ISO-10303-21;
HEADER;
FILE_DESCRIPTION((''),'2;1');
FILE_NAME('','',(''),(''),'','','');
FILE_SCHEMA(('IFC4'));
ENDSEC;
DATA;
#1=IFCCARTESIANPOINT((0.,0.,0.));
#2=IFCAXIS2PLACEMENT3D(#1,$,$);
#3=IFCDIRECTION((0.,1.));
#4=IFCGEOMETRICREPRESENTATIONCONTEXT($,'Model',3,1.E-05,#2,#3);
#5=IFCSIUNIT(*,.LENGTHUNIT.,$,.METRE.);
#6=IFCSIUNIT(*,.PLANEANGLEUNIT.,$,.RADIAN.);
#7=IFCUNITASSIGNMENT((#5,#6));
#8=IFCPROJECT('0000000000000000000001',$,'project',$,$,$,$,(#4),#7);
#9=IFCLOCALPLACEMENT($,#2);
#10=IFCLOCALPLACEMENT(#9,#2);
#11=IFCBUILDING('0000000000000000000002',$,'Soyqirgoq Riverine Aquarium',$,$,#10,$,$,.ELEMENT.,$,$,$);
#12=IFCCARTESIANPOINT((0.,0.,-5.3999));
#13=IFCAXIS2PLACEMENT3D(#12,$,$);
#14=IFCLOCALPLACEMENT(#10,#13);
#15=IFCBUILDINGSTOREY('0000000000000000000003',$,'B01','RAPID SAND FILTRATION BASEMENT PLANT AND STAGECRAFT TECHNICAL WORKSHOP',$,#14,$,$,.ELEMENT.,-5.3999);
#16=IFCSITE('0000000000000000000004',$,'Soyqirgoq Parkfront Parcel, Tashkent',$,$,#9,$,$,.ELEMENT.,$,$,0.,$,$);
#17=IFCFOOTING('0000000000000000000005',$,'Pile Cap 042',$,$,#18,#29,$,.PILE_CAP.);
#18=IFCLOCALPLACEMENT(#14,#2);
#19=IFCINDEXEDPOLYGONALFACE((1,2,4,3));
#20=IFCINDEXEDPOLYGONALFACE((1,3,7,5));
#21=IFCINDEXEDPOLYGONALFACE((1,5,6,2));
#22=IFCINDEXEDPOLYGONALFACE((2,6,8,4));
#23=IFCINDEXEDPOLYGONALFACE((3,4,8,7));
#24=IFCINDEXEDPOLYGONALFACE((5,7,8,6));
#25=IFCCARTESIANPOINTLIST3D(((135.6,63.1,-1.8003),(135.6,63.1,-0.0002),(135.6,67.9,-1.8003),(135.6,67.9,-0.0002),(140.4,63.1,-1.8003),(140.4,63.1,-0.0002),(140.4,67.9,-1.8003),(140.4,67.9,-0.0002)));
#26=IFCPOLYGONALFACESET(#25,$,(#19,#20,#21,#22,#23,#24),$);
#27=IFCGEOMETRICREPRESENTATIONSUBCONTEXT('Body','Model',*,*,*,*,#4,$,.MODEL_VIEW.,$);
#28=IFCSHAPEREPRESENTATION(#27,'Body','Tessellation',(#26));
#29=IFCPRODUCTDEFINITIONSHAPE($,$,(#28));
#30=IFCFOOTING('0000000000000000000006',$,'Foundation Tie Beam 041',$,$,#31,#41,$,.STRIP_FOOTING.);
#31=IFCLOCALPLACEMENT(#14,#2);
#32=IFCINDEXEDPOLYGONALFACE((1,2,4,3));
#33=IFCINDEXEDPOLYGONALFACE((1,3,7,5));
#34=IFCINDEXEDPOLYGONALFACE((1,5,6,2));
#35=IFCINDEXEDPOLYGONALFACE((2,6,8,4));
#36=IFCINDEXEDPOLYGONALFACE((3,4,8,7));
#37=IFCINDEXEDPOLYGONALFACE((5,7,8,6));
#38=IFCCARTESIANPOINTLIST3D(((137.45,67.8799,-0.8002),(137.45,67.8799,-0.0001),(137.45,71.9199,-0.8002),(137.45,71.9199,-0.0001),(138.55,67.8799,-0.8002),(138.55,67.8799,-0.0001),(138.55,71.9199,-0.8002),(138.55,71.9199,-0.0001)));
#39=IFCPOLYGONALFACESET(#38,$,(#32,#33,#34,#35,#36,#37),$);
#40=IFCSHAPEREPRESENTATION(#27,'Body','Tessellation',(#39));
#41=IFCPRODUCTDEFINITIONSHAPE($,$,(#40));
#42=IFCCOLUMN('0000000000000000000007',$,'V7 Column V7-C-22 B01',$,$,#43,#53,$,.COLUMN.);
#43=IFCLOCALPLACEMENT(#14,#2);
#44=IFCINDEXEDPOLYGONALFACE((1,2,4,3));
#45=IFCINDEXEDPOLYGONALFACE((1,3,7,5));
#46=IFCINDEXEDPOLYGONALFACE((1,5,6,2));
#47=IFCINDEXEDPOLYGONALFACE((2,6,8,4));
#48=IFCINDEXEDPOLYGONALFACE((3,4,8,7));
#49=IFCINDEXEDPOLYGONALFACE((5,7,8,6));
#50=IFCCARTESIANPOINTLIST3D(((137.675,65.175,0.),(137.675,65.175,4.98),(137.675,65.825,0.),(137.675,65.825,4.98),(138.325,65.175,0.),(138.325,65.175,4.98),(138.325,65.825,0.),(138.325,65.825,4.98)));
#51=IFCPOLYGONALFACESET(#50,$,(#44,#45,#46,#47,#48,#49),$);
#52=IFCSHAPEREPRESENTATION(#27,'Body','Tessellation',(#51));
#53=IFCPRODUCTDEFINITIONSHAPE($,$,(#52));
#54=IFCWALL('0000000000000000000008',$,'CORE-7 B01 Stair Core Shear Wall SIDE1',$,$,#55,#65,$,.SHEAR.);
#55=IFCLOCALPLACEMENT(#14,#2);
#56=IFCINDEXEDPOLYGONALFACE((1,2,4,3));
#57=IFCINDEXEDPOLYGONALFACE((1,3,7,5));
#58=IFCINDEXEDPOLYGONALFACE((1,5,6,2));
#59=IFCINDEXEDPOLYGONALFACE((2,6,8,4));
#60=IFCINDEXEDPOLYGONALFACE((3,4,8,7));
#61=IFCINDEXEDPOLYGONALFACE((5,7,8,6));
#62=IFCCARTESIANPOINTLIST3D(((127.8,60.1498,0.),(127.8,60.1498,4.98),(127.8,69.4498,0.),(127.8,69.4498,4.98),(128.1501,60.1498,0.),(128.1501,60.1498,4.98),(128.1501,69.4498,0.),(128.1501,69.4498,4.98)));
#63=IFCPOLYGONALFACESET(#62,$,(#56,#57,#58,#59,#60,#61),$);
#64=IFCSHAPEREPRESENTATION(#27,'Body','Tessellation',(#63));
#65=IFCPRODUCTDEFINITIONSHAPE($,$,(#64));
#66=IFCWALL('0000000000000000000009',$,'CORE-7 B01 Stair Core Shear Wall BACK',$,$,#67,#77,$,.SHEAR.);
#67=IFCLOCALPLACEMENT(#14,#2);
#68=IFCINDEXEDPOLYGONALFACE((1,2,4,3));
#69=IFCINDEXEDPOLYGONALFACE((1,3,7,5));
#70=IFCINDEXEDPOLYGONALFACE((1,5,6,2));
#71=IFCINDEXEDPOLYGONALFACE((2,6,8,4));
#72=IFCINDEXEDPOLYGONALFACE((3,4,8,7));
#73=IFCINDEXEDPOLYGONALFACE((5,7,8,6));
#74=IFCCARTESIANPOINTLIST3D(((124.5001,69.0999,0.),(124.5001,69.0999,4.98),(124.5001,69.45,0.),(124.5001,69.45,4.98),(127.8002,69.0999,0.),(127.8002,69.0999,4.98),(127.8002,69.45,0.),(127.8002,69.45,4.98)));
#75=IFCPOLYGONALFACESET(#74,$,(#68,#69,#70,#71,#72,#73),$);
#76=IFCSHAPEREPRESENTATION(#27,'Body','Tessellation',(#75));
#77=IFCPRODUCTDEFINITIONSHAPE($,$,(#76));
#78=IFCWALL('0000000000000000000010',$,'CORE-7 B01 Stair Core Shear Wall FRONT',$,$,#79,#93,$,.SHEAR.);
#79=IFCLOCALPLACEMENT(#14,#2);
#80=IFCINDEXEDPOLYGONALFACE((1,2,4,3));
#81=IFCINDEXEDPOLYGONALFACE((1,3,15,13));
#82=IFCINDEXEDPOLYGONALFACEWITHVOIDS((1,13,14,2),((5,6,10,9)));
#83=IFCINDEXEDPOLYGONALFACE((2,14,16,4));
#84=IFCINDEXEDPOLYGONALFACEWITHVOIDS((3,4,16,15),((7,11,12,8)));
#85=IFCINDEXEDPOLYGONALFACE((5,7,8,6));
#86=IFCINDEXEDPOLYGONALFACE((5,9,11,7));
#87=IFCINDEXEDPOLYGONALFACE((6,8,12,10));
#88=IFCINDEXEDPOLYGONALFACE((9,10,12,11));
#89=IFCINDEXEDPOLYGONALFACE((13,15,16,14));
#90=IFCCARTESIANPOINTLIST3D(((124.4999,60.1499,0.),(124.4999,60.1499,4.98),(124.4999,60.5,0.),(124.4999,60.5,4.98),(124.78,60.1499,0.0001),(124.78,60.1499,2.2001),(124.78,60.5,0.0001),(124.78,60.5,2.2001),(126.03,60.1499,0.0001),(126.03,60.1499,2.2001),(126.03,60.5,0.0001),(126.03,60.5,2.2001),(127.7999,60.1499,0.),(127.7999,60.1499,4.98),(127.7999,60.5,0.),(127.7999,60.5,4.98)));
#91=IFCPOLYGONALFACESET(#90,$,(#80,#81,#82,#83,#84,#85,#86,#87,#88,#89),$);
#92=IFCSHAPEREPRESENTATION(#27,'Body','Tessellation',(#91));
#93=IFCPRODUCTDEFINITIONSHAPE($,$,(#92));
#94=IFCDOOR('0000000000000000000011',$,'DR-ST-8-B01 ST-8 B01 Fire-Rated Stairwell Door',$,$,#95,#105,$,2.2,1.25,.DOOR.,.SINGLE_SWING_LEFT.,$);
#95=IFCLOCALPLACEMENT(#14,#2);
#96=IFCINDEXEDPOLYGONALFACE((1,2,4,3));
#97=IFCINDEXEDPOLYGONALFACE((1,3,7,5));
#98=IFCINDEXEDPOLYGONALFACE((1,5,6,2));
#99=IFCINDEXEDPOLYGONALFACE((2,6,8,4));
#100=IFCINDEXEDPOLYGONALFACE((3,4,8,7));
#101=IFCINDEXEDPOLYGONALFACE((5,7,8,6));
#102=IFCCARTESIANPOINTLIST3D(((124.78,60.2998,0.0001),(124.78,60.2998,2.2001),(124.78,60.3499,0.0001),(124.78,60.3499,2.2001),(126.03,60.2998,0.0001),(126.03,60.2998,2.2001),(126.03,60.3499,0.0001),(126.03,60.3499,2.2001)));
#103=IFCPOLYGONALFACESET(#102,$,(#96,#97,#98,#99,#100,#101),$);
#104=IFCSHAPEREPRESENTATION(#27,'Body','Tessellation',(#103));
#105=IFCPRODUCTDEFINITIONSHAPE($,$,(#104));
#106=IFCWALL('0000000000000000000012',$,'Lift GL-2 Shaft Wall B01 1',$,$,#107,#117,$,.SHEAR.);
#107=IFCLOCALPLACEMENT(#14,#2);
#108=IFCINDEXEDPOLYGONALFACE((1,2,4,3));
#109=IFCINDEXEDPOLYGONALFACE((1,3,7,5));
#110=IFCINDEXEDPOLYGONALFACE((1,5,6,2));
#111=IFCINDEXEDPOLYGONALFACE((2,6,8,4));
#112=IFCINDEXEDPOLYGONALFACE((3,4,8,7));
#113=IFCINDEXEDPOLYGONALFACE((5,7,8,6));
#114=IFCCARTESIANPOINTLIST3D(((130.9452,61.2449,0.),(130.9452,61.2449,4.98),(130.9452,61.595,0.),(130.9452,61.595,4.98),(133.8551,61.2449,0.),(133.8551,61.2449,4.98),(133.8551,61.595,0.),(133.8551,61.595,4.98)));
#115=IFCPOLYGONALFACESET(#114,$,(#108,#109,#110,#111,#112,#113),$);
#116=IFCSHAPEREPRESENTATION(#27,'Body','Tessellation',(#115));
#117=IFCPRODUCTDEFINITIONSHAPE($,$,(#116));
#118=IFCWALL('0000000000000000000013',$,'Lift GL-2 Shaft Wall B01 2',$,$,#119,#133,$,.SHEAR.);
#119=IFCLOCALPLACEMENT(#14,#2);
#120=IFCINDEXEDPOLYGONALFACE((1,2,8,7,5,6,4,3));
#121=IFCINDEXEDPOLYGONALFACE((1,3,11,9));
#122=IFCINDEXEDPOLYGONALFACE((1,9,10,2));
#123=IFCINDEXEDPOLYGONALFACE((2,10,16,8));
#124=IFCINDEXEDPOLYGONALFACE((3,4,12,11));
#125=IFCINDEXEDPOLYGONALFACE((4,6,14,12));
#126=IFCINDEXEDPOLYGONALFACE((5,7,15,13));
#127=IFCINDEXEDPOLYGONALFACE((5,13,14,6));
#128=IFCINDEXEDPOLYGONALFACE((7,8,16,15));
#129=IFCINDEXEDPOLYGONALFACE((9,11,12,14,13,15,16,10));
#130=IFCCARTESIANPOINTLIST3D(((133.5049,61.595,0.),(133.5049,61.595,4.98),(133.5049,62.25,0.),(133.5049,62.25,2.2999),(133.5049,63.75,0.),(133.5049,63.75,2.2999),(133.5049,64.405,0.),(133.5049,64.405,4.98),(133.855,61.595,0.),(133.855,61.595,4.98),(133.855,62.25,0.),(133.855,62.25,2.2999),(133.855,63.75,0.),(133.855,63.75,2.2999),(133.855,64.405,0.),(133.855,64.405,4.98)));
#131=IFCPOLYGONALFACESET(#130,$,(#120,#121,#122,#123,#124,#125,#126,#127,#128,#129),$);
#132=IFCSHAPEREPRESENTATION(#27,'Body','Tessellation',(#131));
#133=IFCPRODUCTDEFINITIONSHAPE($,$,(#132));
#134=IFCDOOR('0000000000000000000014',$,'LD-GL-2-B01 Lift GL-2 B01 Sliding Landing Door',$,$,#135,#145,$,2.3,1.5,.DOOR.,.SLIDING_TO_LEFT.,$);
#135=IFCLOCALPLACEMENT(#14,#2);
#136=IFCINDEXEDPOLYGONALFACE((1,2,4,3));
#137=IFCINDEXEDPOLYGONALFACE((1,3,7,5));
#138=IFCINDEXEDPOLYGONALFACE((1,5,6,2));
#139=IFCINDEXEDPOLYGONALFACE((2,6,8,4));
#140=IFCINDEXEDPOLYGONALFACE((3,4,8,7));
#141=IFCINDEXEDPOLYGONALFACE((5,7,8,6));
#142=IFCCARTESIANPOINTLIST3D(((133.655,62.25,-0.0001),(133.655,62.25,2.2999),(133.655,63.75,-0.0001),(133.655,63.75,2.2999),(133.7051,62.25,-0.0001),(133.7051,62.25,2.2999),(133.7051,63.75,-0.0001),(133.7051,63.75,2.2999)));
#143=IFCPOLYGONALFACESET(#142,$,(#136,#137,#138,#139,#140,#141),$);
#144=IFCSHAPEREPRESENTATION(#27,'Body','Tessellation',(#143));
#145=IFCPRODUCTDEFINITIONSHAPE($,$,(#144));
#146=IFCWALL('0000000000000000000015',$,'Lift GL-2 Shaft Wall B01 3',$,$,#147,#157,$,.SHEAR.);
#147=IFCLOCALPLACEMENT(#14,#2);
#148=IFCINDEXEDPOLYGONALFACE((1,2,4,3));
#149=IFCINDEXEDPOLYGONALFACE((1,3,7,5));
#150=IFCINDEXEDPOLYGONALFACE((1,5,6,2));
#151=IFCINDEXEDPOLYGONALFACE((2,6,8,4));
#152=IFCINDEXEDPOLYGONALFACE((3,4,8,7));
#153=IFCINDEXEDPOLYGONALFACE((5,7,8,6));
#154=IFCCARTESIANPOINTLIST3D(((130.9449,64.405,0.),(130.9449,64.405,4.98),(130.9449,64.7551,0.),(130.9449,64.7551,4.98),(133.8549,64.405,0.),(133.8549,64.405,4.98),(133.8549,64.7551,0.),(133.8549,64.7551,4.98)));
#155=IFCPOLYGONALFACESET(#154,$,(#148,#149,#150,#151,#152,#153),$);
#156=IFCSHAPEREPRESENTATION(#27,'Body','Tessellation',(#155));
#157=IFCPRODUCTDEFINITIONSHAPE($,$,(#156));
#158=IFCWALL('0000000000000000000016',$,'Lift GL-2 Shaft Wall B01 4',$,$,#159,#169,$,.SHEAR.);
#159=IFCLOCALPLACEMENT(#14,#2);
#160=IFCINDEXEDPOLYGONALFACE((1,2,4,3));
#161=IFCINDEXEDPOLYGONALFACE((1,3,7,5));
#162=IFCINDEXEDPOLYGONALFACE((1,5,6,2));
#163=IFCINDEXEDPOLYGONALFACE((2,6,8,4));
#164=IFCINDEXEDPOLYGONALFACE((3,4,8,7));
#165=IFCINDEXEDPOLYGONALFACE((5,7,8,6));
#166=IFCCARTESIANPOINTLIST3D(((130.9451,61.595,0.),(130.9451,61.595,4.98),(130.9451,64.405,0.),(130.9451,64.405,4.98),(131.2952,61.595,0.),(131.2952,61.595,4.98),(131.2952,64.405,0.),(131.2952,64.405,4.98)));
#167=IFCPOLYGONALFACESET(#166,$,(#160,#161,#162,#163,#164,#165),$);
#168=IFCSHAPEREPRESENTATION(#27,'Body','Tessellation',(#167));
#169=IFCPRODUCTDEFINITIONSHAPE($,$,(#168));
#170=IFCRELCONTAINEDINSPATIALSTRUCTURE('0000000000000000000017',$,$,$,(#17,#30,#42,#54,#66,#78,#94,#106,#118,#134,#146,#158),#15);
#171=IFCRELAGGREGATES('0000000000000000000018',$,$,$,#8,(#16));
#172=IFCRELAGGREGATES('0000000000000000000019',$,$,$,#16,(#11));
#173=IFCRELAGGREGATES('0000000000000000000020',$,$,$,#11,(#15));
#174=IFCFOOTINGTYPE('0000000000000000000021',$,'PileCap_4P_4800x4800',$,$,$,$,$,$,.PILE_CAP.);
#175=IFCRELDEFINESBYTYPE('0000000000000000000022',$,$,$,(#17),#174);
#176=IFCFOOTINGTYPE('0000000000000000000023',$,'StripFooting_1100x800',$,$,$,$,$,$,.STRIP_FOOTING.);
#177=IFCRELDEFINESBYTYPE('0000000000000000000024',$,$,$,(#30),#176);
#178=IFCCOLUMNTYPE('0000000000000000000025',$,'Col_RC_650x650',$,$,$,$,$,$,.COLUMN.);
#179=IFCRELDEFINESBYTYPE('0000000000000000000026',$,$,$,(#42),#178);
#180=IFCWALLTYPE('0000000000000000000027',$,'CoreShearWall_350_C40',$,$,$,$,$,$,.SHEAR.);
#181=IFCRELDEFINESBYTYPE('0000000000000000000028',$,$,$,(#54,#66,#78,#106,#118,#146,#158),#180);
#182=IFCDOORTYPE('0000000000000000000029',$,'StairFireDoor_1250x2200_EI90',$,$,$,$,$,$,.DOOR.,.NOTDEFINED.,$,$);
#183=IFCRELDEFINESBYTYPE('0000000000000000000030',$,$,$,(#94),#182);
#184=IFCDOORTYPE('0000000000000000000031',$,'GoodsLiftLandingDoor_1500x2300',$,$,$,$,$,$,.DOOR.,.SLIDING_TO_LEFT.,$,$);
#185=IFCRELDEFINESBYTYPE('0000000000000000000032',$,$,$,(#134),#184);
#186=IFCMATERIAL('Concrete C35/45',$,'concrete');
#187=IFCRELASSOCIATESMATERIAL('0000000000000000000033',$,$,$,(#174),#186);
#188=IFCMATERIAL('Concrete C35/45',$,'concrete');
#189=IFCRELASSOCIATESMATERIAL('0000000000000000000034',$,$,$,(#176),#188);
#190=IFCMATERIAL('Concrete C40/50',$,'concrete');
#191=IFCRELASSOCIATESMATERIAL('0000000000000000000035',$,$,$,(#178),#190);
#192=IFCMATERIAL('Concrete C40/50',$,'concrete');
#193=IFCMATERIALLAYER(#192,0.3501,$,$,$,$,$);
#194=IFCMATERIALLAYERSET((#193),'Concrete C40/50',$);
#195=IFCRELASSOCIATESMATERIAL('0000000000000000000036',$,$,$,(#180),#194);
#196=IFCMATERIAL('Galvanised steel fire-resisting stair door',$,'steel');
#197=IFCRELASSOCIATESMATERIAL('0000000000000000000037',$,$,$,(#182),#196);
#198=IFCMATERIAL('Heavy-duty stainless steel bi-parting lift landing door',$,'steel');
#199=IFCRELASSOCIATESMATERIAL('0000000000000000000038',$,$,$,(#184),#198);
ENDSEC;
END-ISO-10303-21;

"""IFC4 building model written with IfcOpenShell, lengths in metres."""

from ifc_helpers import new_model, si_unit, direction, frame, frame_2d, origin, origin_2d, place, context, subcontext, project, spatial, rectangle, extrude, material, layer, layer_set, material_profile, profile_set, type_object, element, fill, save


model = new_model("IFC4")

# Units and contexts
model_context = context("Model", 3, precision=1e-05, world=origin(), true_north=direction((0.0, 1.0)))
body_context = subcontext(model_context, "Body", "Model", "MODEL_VIEW")
ifc_project = project(units=[si_unit("LENGTHUNIT", "METRE"), si_unit("PLANEANGLEUNIT", "RADIAN")], contexts=[model_context])

# Site, building, storey
site_placement = place(None, origin())
site = spatial("IfcSite", under=ifc_project, at=site_placement, Name="Soyqirgoq Parkfront Parcel, Tashkent", CompositionType="ELEMENT", RefElevation=0.0)
building_placement = place(site_placement, origin())
building = spatial("IfcBuilding", under=site, at=building_placement, Name="Soyqirgoq Riverine Aquarium", CompositionType="ELEMENT")
storey_placement = place(building_placement, frame((0.0, 0.0, -5.3999)))
storey = spatial("IfcBuildingStorey", under=building, at=storey_placement, Name="B01", Description="RAPID SAND FILTRATION BASEMENT PLANT AND STAGECRAFT TECHNICAL WORKSHOP", CompositionType="ELEMENT", Elevation=-5.3999)

# Footings
ifc_material_1 = material(Name="Concrete C35/45", Category="concrete")
footing_type_1 = type_object("IfcFootingType", Name="PileCap_4P_4800x4800", PredefinedType="PILE_CAP", material=ifc_material_1)
footing_1_placement = place(storey_placement, frame((138.0, 65.5, -1.8003), z_axis=(0.0, 0.0, 1.0), x_axis=(1.0, 0.0, 0.0)))
element("IfcFooting", 1, at=footing_1_placement, inside=storey, type_object=footing_type_1, Name="Pile Cap 042", PredefinedType="PILE_CAP", context=body_context, shape_type="SweptSolid", body=[
    extrude(rectangle(XDim=4.8, YDim=4.8, at=origin_2d()), origin(), (0.0, 0.0, 1.0), 1.8),
])
ifc_material_2 = material(Name="Concrete C35/45", Category="concrete")
ifc_material_profile_1 = material_profile(ifc_material_2, rectangle(XDim=1.1001, YDim=0.8, at=origin_2d()), Name="RC 1100x800")
ifc_profile_set_1 = profile_set([ifc_material_profile_1], Name="Concrete C35/45")
footing_type_2 = type_object("IfcFootingType", Name="StripFooting_1100x800", PredefinedType="STRIP_FOOTING", material=ifc_profile_set_1)
footing_2_placement = place(storey_placement, frame((138.0, 67.8799, -0.4001), z_axis=(0.0, 1.0, 0.0), x_axis=(-1.0, 0.0, 0.0)))
element("IfcFooting", 2, at=footing_2_placement, inside=storey, type_object=footing_type_2, Name="Foundation Tie Beam 041", PredefinedType="STRIP_FOOTING", context=body_context, shape_type="SweptSolid", body=[
    extrude(rectangle(XDim=1.1001, YDim=0.8, at=origin_2d()), origin(), (0.0, 0.0, 1.0), 4.04),
])

# Column
ifc_material_3 = material(Name="Concrete C40/50", Category="concrete")
ifc_material_profile_2 = material_profile(ifc_material_3, rectangle(XDim=0.6499, YDim=0.6499, at=origin_2d()), Name="RC 650x650")
ifc_profile_set_2 = profile_set([ifc_material_profile_2], Name="Concrete C40/50")
column_type = type_object("IfcColumnType", Name="Col_RC_650x650", PredefinedType="COLUMN", material=ifc_profile_set_2)
column_placement = place(storey_placement, frame((138.0, 65.5, 0.0), z_axis=(0.0, 0.0, 1.0), x_axis=(1.0, 0.0, 0.0)))
element("IfcColumn", 3, at=column_placement, inside=storey, type_object=column_type, Name="V7 Column V7-C-22 B01", PredefinedType="COLUMN", context=body_context, shape_type="SweptSolid", body=[
    extrude(rectangle(XDim=0.6499, YDim=0.6499, at=origin_2d()), origin(), (0.0, 0.0, 1.0), 4.98),
])

# Walls
ifc_material_4 = material(Name="Concrete C40/50", Category="concrete")
ifc_layer_1 = layer(ifc_material_4, 0.3501)
ifc_layer_set_1 = layer_set([ifc_layer_1], Name="Concrete C40/50")
wall_type_1 = type_object("IfcWallType", Name="CoreShearWall_350_C40", PredefinedType="SHEAR", material=ifc_layer_set_1)
wall_1_placement = place(storey_placement, frame((127.9751, 60.1499, 0.0), z_axis=(0.0, 0.0, 1.0), x_axis=(0.0, 1.0, 0.0)))
element("IfcWall", 4, at=wall_1_placement, inside=storey, type_object=wall_type_1, Name="CORE-7 B01 Stair Core Shear Wall SIDE1", PredefinedType="SHEAR", context=body_context, shape_type="SweptSolid", body=[
    extrude(rectangle(XDim=9.3, YDim=0.3501, at=frame_2d((4.6499, 0.0))), origin(), (0.0, 0.0, 1.0), 4.98),
])
wall_2_placement = place(storey_placement, frame((127.8, 69.2749, 0.0), z_axis=(0.0, 0.0, 1.0), x_axis=(-1.0, 0.0, 0.0)))
element("IfcWall", 5, at=wall_2_placement, inside=storey, type_object=wall_type_1, Name="CORE-7 B01 Stair Core Shear Wall BACK", PredefinedType="SHEAR", context=body_context, shape_type="SweptSolid", body=[
    extrude(rectangle(XDim=3.3, YDim=0.3501, at=frame_2d((1.6499, 0.0))), origin(), (0.0, 0.0, 1.0), 4.98),
])

# Wall, opening, door
wall_3_placement = place(storey_placement, frame((124.5, 60.325, 0.0), z_axis=(0.0, 0.0, 1.0), x_axis=(1.0, 0.0, 0.0)))
wall_3 = element("IfcWall", 6, at=wall_3_placement, inside=storey, type_object=wall_type_1, Name="CORE-7 B01 Stair Core Shear Wall FRONT", PredefinedType="SHEAR", context=body_context, shape_type="SweptSolid", body=[
    extrude(rectangle(XDim=3.3, YDim=0.3501, at=frame_2d((1.6499, 0.0))), origin(), (0.0, 0.0, 1.0), 4.98),
])
opening_1_placement = place(wall_3_placement, frame((0.28, 0.0, 0.0)))
opening_1 = element("IfcOpeningElement", 7, at=opening_1_placement, cuts=wall_3, PredefinedType="OPENING", context=body_context, shape_type="SweptSolid", body=[
    extrude(rectangle(XDim=1.25, YDim=2.2, at=frame_2d((0.625, 1.1001))), frame((0.0, 0.1851, 0.0), z_axis=(0.0, -1.0, 0.0), x_axis=(1.0, 0.0, 0.0)), (0.0, 0.0, 1.0), 0.3701),
])
ifc_material_5 = material(Name="Galvanised steel fire-resisting stair door", Category="steel")
door_type_1 = type_object("IfcDoorType", Name="StairFireDoor_1250x2200_EI90", OperationType="NOTDEFINED", PredefinedType="DOOR", material=ifc_material_5)
door_1_placement = place(opening_1_placement, origin())
door_1 = element("IfcDoor", 8, at=door_1_placement, inside=storey, type_object=door_type_1, Name="DR-ST-8-B01 ST-8 B01 Fire-Rated Stairwell Door", OperationType="SINGLE_SWING_LEFT", OverallHeight=2.2, OverallWidth=1.25, PredefinedType="DOOR", context=body_context, shape_type="SweptSolid", body=[
    extrude(rectangle(XDim=1.25, YDim=2.2, at=frame_2d((0.625, 1.1001))), frame((0.0, 0.0249, 0.0), z_axis=(0.0, -1.0, 0.0), x_axis=(1.0, 0.0, 0.0)), (0.0, 0.0, 1.0), 0.05),
])
fill(opening_1, door_1)

# Wall
wall_4_placement = place(storey_placement, frame((130.9451, 61.4199, 0.0), z_axis=(0.0, 0.0, 1.0), x_axis=(1.0, 0.0, 0.0)))
element("IfcWall", 9, at=wall_4_placement, inside=storey, type_object=wall_type_1, Name="Lift GL-2 Shaft Wall B01 1", PredefinedType="SHEAR", context=body_context, shape_type="SweptSolid", body=[
    extrude(rectangle(XDim=2.9099, YDim=0.3501, at=frame_2d((1.4551, 0.0))), origin(), (0.0, 0.0, 1.0), 4.98),
])

# Wall, opening, door
wall_5_placement = place(storey_placement, frame((133.6799, 61.595, 0.0), z_axis=(0.0, 0.0, 1.0), x_axis=(0.0, 1.0, 0.0)))
wall_5 = element("IfcWall", 10, at=wall_5_placement, inside=storey, type_object=wall_type_1, Name="Lift GL-2 Shaft Wall B01 2", PredefinedType="SHEAR", context=body_context, shape_type="SweptSolid", body=[
    extrude(rectangle(XDim=2.8101, YDim=0.3501, at=frame_2d((1.405, 0.0))), origin(), (0.0, 0.0, 1.0), 4.98),
])
opening_2_placement = place(wall_5_placement, frame((0.655, 0.0, 0.0)))
opening_2 = element("IfcOpeningElement", 11, at=opening_2_placement, cuts=wall_5, PredefinedType="OPENING", context=body_context, shape_type="SweptSolid", body=[
    extrude(rectangle(XDim=1.5, YDim=2.3, at=frame_2d((0.75, 1.1499))), frame((0.0, 0.1851, 0.0), z_axis=(0.0, -1.0, 0.0), x_axis=(1.0, 0.0, 0.0)), (0.0, 0.0, 1.0), 0.3701),
])
ifc_material_6 = material(Name="Heavy-duty stainless steel bi-parting lift landing door", Category="steel")
door_type_2 = type_object("IfcDoorType", Name="GoodsLiftLandingDoor_1500x2300", OperationType="SLIDING_TO_LEFT", PredefinedType="DOOR", material=ifc_material_6)
door_2_placement = place(opening_2_placement, origin())
door_2 = element("IfcDoor", 12, at=door_2_placement, inside=storey, type_object=door_type_2, Name="LD-GL-2-B01 Lift GL-2 B01 Sliding Landing Door", OperationType="SLIDING_TO_LEFT", OverallHeight=2.3, OverallWidth=1.5, PredefinedType="DOOR", context=body_context, shape_type="SweptSolid", body=[
    extrude(rectangle(XDim=1.5, YDim=2.3, at=frame_2d((0.75, 1.1499))), frame((0.0, 0.0249, 0.0), z_axis=(0.0, -1.0, 0.0), x_axis=(1.0, 0.0, 0.0)), (0.0, 0.0, 1.0), 0.05),
])
fill(opening_2, door_2)

# Walls
wall_6_placement = place(storey_placement, frame((133.855, 64.5801, 0.0), z_axis=(0.0, 0.0, 1.0), x_axis=(-1.0, 0.0, 0.0)))
element("IfcWall", 13, at=wall_6_placement, inside=storey, type_object=wall_type_1, Name="Lift GL-2 Shaft Wall B01 3", PredefinedType="SHEAR", context=body_context, shape_type="SweptSolid", body=[
    extrude(rectangle(XDim=2.9099, YDim=0.3501, at=frame_2d((1.4551, 0.0))), origin(), (0.0, 0.0, 1.0), 4.98),
])
wall_7_placement = place(storey_placement, frame((131.1201, 64.405, 0.0), z_axis=(0.0, 0.0, 1.0), x_axis=(0.0, -1.0, 0.0)))
element("IfcWall", 14, at=wall_7_placement, inside=storey, type_object=wall_type_1, Name="Lift GL-2 Shaft Wall B01 4", PredefinedType="SHEAR", context=body_context, shape_type="SweptSolid", body=[
    extrude(rectangle(XDim=2.8101, YDim=0.3501, at=frame_2d((1.405, 0.0))), origin(), (0.0, 0.0, 1.0), 4.98),
])

save(model, "model.ifc")
